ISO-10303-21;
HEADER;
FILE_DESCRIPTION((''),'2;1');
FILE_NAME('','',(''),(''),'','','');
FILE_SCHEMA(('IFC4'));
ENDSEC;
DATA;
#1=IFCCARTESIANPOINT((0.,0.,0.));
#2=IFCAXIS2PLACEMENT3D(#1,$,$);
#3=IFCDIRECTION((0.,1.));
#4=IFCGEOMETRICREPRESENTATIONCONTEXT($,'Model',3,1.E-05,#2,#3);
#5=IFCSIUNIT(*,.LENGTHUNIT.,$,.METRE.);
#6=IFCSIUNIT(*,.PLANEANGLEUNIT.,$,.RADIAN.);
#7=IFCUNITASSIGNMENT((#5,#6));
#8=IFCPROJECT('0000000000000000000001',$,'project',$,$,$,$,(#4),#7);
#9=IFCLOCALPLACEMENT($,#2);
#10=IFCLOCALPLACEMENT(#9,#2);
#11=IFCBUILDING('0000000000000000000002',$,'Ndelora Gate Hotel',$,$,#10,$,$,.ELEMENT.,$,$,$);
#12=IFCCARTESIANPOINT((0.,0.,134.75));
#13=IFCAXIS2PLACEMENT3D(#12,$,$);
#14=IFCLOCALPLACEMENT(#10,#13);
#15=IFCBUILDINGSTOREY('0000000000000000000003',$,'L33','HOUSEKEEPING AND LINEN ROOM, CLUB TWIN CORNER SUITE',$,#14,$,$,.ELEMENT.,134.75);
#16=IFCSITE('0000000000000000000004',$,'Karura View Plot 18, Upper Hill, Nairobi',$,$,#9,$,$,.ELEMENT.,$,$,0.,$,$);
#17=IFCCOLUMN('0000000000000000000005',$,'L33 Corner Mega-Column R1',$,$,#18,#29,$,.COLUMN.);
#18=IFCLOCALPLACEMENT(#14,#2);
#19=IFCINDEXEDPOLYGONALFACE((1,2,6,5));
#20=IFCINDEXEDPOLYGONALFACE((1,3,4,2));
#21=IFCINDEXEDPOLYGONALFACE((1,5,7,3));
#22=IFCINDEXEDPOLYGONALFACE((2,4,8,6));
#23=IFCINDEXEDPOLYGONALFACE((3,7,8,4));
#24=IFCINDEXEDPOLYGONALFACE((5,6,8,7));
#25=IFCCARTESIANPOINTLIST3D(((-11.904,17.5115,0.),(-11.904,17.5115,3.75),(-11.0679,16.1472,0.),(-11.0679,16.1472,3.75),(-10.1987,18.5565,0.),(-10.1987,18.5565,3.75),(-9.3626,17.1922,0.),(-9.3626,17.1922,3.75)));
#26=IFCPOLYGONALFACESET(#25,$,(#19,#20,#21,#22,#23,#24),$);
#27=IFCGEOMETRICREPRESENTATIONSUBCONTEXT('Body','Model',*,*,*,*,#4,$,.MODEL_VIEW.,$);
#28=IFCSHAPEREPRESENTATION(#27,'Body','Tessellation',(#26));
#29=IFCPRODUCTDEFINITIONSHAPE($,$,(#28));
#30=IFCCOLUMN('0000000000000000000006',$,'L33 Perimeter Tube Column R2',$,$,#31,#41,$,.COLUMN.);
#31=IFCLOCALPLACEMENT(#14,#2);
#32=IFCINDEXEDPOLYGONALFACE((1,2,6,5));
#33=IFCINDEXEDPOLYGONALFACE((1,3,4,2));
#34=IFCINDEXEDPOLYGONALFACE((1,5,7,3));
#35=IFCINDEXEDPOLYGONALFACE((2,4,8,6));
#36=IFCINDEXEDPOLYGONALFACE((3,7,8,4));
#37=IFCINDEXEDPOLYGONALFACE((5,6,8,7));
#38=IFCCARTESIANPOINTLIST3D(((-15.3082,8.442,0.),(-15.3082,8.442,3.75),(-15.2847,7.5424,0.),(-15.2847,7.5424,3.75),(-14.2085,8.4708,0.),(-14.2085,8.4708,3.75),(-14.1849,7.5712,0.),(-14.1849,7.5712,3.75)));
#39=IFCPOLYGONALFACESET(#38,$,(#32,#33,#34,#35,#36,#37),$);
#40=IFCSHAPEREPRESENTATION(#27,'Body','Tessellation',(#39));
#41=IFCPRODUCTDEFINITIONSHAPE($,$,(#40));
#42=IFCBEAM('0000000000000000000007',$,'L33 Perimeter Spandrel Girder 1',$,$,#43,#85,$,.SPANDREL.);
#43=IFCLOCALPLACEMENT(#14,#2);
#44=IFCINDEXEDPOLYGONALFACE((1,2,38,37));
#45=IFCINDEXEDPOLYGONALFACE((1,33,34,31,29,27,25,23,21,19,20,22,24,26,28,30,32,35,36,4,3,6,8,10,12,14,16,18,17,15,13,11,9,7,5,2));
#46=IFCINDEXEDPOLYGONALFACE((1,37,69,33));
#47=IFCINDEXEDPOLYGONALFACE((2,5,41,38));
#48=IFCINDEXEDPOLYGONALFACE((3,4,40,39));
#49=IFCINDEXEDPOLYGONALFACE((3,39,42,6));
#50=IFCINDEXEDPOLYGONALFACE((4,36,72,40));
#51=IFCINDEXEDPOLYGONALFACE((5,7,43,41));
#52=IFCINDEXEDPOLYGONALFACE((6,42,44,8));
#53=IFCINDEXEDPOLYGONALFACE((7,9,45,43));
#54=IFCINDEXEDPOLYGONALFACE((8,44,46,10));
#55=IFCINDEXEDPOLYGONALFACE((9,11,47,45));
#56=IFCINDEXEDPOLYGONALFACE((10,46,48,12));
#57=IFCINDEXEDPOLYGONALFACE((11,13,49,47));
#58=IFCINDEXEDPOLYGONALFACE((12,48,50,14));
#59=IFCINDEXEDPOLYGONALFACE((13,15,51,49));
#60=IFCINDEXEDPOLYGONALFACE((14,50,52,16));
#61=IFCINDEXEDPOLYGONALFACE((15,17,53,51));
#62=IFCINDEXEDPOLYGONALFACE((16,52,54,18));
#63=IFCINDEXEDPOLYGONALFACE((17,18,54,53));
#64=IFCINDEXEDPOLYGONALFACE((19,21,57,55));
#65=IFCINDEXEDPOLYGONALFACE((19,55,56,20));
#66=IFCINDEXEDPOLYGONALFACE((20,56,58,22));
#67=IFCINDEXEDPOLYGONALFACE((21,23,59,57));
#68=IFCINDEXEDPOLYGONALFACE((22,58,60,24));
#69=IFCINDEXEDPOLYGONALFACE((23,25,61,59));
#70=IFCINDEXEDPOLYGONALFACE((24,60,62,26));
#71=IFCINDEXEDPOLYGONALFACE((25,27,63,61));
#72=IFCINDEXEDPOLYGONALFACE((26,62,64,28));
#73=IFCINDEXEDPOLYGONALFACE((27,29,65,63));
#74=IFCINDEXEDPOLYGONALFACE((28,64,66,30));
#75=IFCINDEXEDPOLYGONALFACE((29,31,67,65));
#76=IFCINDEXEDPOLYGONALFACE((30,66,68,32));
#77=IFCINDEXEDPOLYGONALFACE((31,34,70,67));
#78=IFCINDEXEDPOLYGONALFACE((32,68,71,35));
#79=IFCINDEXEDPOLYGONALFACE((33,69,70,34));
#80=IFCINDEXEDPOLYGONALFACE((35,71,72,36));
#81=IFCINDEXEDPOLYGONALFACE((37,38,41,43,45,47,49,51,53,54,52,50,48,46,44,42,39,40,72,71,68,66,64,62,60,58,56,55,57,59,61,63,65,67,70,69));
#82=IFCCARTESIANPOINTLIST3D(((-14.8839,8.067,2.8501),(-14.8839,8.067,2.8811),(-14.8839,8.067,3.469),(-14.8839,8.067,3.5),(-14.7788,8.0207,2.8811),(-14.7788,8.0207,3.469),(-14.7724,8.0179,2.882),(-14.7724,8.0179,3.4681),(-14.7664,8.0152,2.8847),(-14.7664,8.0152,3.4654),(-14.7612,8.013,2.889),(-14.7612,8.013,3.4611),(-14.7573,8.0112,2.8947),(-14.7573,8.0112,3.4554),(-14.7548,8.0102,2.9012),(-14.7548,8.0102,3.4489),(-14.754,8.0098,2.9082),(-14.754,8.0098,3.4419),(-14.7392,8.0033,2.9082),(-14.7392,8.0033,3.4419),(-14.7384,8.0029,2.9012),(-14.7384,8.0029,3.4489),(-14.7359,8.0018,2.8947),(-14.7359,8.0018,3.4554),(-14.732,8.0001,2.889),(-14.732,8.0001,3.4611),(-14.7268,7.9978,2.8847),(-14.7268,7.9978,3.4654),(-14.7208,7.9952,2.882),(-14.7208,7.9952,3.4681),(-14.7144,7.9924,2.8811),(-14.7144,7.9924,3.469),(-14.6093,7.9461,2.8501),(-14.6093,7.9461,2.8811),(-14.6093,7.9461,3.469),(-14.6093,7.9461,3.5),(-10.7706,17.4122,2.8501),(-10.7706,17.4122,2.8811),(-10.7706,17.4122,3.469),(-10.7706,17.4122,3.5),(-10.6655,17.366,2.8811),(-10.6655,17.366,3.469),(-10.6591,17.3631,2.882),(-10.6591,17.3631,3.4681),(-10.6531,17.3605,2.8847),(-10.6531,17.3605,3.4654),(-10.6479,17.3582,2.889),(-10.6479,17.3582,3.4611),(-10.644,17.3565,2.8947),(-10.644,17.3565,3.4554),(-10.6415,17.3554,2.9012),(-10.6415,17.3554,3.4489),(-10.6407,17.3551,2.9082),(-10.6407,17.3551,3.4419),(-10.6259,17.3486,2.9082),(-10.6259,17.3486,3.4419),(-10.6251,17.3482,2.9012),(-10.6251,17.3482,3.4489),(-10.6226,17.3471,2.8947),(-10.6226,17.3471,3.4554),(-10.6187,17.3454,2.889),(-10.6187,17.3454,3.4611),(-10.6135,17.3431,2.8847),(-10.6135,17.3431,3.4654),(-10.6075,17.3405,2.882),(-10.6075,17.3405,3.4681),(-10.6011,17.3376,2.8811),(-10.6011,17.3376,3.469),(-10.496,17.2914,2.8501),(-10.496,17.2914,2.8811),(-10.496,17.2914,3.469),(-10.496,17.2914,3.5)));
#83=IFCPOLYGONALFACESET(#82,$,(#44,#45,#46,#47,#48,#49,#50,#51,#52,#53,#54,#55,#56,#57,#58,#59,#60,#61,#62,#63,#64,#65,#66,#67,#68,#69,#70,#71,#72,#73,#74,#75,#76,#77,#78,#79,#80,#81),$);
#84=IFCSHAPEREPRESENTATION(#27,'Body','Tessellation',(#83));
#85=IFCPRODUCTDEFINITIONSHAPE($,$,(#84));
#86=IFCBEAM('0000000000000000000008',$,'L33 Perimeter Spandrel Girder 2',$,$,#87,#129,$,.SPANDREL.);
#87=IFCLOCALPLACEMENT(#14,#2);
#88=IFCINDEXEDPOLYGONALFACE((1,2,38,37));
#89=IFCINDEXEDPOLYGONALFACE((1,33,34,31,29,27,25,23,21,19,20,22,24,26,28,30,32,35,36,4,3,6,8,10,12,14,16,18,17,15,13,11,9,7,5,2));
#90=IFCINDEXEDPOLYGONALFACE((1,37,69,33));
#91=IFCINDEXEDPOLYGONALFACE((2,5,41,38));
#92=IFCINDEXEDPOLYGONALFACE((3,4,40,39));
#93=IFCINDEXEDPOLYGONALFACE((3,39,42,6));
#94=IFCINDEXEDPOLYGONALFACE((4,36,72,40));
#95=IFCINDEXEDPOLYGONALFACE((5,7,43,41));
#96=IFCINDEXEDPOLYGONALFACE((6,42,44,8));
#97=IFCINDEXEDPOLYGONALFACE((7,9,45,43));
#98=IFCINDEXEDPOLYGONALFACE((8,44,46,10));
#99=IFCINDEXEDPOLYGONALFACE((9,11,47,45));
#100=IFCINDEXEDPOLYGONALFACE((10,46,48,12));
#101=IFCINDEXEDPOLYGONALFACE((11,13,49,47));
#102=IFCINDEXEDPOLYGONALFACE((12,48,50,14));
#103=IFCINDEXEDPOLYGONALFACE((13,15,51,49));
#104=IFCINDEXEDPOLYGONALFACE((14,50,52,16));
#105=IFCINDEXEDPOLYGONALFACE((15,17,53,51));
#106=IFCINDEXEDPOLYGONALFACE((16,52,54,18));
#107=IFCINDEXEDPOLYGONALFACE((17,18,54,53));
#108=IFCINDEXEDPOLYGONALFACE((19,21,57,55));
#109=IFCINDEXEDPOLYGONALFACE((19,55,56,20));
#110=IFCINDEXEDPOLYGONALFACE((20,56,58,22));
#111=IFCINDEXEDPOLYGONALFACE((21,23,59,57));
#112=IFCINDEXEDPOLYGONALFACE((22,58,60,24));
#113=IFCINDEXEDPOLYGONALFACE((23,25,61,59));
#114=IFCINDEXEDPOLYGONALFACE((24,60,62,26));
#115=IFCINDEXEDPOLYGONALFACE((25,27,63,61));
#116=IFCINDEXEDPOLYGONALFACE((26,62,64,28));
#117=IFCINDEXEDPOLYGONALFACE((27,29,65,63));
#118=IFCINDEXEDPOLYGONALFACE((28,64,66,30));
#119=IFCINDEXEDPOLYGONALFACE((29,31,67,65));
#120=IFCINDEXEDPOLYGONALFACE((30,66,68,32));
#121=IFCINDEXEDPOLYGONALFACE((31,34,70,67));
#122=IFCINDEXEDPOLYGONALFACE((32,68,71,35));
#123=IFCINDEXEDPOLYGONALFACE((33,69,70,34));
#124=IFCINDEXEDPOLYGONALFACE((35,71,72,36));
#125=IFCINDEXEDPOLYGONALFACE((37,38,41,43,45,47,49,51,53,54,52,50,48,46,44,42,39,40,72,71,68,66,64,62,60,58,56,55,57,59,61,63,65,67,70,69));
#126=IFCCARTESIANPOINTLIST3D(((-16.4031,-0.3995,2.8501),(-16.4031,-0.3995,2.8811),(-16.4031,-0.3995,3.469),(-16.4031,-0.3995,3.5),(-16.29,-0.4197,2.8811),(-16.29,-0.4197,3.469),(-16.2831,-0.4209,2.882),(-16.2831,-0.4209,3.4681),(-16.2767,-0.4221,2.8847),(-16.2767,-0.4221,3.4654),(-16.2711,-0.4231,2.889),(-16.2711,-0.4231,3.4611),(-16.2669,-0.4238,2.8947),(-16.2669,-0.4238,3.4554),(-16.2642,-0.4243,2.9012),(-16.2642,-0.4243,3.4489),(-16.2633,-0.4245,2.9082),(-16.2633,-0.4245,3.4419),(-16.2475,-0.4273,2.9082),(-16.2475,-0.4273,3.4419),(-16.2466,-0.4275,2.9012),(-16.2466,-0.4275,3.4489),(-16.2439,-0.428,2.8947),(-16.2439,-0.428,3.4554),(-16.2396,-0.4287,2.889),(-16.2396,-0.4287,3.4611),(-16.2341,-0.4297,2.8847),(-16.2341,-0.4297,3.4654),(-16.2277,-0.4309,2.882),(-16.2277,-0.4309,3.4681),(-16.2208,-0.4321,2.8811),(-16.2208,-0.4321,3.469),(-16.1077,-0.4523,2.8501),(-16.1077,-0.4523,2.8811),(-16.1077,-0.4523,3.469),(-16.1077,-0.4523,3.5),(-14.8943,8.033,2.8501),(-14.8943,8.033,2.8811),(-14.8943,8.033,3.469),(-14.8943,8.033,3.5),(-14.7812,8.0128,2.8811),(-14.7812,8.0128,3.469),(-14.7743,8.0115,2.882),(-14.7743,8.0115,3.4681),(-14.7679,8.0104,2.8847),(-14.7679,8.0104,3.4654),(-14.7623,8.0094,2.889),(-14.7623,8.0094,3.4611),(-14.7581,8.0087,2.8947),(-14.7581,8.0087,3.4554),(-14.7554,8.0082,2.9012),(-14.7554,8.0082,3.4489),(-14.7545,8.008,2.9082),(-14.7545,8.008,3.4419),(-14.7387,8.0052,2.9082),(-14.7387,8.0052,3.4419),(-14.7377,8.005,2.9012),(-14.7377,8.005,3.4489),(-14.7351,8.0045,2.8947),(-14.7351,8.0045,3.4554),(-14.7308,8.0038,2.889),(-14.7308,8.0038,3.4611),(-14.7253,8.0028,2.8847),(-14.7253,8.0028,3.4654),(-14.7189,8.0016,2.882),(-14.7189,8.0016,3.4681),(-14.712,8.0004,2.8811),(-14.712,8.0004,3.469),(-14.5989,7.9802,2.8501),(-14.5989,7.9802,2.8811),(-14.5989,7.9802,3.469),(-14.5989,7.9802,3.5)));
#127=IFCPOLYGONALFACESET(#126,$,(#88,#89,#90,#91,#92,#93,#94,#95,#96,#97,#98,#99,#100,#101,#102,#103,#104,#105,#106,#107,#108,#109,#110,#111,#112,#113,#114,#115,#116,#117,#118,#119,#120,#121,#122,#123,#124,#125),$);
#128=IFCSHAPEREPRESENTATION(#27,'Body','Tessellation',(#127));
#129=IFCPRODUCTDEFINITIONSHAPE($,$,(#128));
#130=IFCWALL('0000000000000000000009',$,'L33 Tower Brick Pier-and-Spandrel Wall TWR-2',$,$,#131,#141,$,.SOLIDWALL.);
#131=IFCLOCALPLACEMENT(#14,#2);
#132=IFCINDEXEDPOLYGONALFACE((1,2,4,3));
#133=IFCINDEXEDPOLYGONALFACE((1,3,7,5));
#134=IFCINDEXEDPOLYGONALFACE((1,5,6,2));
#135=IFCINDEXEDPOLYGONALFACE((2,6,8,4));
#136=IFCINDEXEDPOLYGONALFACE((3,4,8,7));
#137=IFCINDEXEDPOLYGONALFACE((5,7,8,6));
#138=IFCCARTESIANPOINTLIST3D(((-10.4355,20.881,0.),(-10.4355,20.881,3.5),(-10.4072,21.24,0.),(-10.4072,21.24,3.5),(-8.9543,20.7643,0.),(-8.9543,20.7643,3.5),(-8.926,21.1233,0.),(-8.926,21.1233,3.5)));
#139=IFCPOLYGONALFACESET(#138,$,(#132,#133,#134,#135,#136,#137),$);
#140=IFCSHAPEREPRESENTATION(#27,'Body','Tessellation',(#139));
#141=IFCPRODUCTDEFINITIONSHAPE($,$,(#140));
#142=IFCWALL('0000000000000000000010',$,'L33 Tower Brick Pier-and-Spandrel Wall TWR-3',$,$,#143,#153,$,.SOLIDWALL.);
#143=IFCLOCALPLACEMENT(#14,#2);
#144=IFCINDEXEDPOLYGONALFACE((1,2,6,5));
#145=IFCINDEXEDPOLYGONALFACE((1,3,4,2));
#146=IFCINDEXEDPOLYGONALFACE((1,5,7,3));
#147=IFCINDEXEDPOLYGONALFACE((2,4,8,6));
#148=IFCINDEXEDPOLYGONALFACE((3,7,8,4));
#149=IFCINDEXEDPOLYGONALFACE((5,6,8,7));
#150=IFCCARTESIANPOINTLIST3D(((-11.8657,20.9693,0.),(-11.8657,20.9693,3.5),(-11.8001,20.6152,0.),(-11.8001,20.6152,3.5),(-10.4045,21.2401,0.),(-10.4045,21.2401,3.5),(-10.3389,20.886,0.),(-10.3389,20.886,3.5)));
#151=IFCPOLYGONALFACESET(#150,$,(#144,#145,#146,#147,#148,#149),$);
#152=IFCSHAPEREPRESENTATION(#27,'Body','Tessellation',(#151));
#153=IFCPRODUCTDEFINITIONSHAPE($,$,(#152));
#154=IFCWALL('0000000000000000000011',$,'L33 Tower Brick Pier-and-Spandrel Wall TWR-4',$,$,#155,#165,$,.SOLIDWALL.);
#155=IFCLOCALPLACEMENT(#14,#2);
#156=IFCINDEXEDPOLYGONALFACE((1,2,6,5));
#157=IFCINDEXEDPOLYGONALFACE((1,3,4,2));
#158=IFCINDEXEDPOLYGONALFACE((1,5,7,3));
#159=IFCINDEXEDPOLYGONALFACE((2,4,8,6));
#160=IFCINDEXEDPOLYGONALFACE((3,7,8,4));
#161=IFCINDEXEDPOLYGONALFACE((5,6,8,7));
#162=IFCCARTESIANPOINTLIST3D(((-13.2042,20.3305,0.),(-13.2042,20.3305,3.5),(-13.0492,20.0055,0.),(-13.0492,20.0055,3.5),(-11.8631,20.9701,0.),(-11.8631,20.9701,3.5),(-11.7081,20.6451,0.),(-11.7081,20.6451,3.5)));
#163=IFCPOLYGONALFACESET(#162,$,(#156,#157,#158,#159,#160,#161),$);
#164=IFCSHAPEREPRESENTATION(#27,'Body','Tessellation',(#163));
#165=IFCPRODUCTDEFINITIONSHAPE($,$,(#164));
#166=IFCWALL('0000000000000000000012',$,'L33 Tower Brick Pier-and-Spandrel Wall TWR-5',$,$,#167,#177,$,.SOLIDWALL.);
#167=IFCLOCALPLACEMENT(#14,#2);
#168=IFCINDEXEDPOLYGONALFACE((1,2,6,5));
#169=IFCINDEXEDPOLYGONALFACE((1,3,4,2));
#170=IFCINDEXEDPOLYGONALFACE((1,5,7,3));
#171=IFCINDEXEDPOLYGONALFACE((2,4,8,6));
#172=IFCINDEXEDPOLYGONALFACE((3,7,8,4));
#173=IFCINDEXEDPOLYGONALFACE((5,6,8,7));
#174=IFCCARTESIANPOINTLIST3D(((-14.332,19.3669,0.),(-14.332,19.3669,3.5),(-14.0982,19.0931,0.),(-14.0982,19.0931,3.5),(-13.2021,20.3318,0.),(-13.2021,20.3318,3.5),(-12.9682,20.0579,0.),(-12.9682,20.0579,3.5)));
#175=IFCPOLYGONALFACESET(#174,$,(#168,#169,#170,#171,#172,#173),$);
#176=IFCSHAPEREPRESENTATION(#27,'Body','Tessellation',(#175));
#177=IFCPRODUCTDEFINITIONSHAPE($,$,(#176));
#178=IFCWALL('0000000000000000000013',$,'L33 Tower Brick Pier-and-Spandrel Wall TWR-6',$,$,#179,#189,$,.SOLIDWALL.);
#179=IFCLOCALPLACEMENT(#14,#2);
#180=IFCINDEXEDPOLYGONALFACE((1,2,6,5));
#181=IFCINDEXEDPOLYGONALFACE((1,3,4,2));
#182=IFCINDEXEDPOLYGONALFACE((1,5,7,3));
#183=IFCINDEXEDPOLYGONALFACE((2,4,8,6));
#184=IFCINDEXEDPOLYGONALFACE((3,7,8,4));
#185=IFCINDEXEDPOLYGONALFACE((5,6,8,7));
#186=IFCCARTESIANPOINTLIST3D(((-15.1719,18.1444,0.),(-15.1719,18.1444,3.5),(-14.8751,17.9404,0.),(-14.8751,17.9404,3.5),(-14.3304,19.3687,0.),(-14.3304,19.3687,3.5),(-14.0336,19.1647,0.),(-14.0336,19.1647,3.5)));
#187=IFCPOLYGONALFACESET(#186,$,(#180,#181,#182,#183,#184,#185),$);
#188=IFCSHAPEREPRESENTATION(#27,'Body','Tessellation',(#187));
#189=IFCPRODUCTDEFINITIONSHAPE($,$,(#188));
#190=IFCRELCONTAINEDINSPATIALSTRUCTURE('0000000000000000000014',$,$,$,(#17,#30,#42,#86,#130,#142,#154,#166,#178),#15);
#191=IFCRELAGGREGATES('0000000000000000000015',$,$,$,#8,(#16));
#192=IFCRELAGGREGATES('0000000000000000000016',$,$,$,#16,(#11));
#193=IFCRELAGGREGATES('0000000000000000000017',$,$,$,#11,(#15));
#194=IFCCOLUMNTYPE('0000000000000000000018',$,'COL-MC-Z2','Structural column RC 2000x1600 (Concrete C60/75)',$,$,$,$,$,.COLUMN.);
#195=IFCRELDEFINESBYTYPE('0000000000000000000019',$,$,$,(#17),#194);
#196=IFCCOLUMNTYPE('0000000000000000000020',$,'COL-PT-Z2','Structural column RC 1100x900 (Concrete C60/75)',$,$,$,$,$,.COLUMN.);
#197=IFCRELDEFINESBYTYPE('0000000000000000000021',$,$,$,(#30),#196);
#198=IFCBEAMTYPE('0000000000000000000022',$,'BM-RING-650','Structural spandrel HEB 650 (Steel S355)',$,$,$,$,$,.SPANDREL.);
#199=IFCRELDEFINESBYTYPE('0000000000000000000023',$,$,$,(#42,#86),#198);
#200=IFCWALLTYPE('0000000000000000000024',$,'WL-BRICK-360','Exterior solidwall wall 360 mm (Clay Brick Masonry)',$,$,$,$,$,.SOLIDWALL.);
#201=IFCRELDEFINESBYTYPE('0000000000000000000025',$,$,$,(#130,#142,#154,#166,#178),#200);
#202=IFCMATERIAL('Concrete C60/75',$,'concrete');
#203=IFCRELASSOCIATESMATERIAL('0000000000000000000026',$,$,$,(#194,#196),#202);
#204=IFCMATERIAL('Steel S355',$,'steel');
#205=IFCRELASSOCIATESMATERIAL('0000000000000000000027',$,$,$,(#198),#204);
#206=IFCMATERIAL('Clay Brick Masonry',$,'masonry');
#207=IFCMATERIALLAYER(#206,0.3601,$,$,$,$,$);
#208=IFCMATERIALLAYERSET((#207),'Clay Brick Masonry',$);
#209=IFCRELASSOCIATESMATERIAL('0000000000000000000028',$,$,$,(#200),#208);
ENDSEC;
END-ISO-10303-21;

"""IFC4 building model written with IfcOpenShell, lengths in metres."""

from ifc_helpers import new_model, si_unit, direction, frame, frame_2d, origin, origin_2d, place, context, subcontext, project, spatial, rectangle, i_section, extrude, material, layer, layer_set, material_profile, profile_set, type_object, element, save


model = new_model("IFC4")

# Units and contexts
model_context = context("Model", 3, precision=1e-05, world=origin(), true_north=direction((0.0, 1.0)))
body_context = subcontext(model_context, "Body", "Model", "MODEL_VIEW")
ifc_project = project(units=[si_unit("LENGTHUNIT", "METRE"), si_unit("PLANEANGLEUNIT", "RADIAN")], contexts=[model_context])

# Site, building, storey
site_placement = place(None, origin())
site = spatial("IfcSite", under=ifc_project, at=site_placement, Name="Karura View Plot 18, Upper Hill, Nairobi", CompositionType="ELEMENT", RefElevation=0.0)
building_placement = place(site_placement, origin())
building = spatial("IfcBuilding", under=site, at=building_placement, Name="Ndelora Gate Hotel", CompositionType="ELEMENT")
storey_placement = place(building_placement, frame((0.0, 0.0, 134.75)))
storey = spatial("IfcBuildingStorey", under=building, at=storey_placement, Name="L33", Description="HOUSEKEEPING AND LINEN ROOM, CLUB TWIN CORNER SUITE", CompositionType="ELEMENT", Elevation=134.75)

# Columns
ifc_material_1 = material(Name="Concrete C60/75", Category="concrete")
ifc_material_profile_1 = material_profile(ifc_material_1, rectangle(XDim=1.6001, YDim=2.0, at=origin_2d()), Name="RC 2000x1600")
ifc_profile_set_1 = profile_set([ifc_material_profile_1], Name="Concrete C60/75")
column_type_1 = type_object("IfcColumnType", Name="COL-MC-Z2", Description="Structural column RC 2000x1600 (Concrete C60/75)", PredefinedType="COLUMN", material=ifc_profile_set_1)
column_1_placement = place(storey_placement, frame((-10.6333, 17.3518, 0.0), z_axis=(0.0, 0.0, 1.0), x_axis=(-0.522499, 0.85264, 0.0)))
element("IfcColumn", 1, at=column_1_placement, inside=storey, type_object=column_type_1, Name="L33 Corner Mega-Column R1", PredefinedType="COLUMN", context=body_context, shape_type="SweptSolid", body=[
    extrude(rectangle(XDim=1.6001, YDim=2.0, at=origin_2d()), origin(), (0.0, 0.0, 1.0), 3.75),
])
ifc_material_profile_2 = material_profile(ifc_material_1, rectangle(XDim=0.8999, YDim=1.1001, at=origin_2d()), Name="RC 1100x900")
ifc_profile_set_2 = profile_set([ifc_material_profile_2], Name="Concrete C60/75")
column_type_2 = type_object("IfcColumnType", Name="COL-PT-Z2", Description="Structural column RC 1100x900 (Concrete C60/75)", PredefinedType="COLUMN", material=ifc_profile_set_2)
column_2_placement = place(storey_placement, frame((-14.7466, 8.0066, 0.0), z_axis=(0.0, 0.0, 1.0), x_axis=(-0.026177, 0.999657, 0.0)))
element("IfcColumn", 2, at=column_2_placement, inside=storey, type_object=column_type_2, Name="L33 Perimeter Tube Column R2", PredefinedType="COLUMN", context=body_context, shape_type="SweptSolid", body=[
    extrude(rectangle(XDim=0.8999, YDim=1.1001, at=origin_2d()), origin(), (0.0, 0.0, 1.0), 3.75),
])

# Beams
ifc_material_2 = material(Name="Steel S355", Category="steel")
ifc_material_profile_3 = material_profile(ifc_material_2, i_section(OverallWidth=0.3, OverallDepth=0.6499, WebThickness=0.0161, FlangeThickness=0.031, FilletRadius=0.0271, at=origin_2d()), Name="HEB 650")
ifc_profile_set_3 = profile_set([ifc_material_profile_3], Name="Steel S355")
beam_type = type_object("IfcBeamType", Name="BM-RING-650", Description="Structural spandrel HEB 650 (Steel S355)", PredefinedType="SPANDREL", material=ifc_profile_set_3)
beam_1_placement = place(storey_placement, frame((-10.6333, 17.3518, 3.175), z_axis=(-0.402852, -0.915265, 0.0), x_axis=(0.915265, -0.402852, 0.0)))
element("IfcBeam", 3, at=beam_1_placement, inside=storey, type_object=beam_type, Name="L33 Perimeter Spandrel Girder 1", PredefinedType="SPANDREL", context=body_context, shape_type="SweptSolid", body=[
    extrude(i_section(OverallWidth=0.3, OverallDepth=0.6499, WebThickness=0.0161, FlangeThickness=0.031, FilletRadius=0.0271, at=origin_2d()), origin(), (0.0, 0.0, 1.0), 10.2104),
])
beam_2_placement = place(storey_placement, frame((-14.7466, 8.0066, 3.175), z_axis=(-0.176131, -0.984367, 0.0), x_axis=(0.984367, -0.176131, 0.0)))
element("IfcBeam", 4, at=beam_2_placement, inside=storey, type_object=beam_type, Name="L33 Perimeter Spandrel Girder 2", PredefinedType="SPANDREL", context=body_context, shape_type="SweptSolid", body=[
    extrude(i_section(OverallWidth=0.3, OverallDepth=0.6499, WebThickness=0.0161, FlangeThickness=0.031, FilletRadius=0.0271, at=origin_2d()), origin(), (0.0, 0.0, 1.0), 8.5664),
])

# Walls
ifc_material_3 = material(Name="Clay Brick Masonry", Category="masonry")
ifc_layer_1 = layer(ifc_material_3, 0.3601)
ifc_layer_set_1 = layer_set([ifc_layer_1], Name="Clay Brick Masonry")
wall_type_1 = type_object("IfcWallType", Name="WL-BRICK-360", Description="Exterior solidwall wall 360 mm (Clay Brick Masonry)", PredefinedType="SOLIDWALL", material=ifc_layer_set_1)
wall_1_placement = place(storey_placement, frame((-10.4214, 21.0605, 0.0), z_axis=(0.0, 0.0, 1.0), x_axis=(0.996911, -0.078543, 0.0)))
element("IfcWall", 5, at=wall_1_placement, inside=storey, type_object=wall_type_1, Name="L33 Tower Brick Pier-and-Spandrel Wall TWR-2", PredefinedType="SOLIDWALL", context=body_context, shape_type="SweptSolid", body=[
    extrude(rectangle(XDim=1.4858, YDim=0.3601, at=frame_2d((0.7429, 0.0))), origin(), (0.0, 0.0, 1.0), 3.5),
])
wall_2_placement = place(storey_placement, frame((-11.833, 20.7922, 0.0), z_axis=(0.0, 0.0, 1.0), x_axis=(0.983262, 0.182195, 0.0)))
element("IfcWall", 6, at=wall_2_placement, inside=storey, type_object=wall_type_1, Name="L33 Tower Brick Pier-and-Spandrel Wall TWR-3", PredefinedType="SOLIDWALL", context=body_context, shape_type="SweptSolid", body=[
    extrude(rectangle(XDim=1.4861, YDim=0.3601, at=frame_2d((0.7432, 0.0))), origin(), (0.0, 0.0, 1.0), 3.5),
])
for number, where, z_axis, x_axis, name in (
    (7, (-13.1267, 20.168, 0.0), (0.0, 0.0, 1.0), (0.902587, 0.430508, 0.0), "L33 Tower Brick Pier-and-Spandrel Wall TWR-4"),
    (8, (-14.2151, 19.23, 0.0), (0.0, 0.0, 1.0), (0.760462, 0.649383, 0.0), "L33 Tower Brick Pier-and-Spandrel Wall TWR-5"),
):
    element("IfcWall", number, at=place(storey_placement, frame(where, z_axis=z_axis, x_axis=x_axis)), inside=storey, type_object=wall_type_1, Name=name, PredefinedType="SOLIDWALL", context=body_context, shape_type="SweptSolid", body=[
        extrude(rectangle(XDim=1.4858, YDim=0.3601, at=frame_2d((0.7429, 0.0))), origin(), (0.0, 0.0, 1.0), 3.5),
    ])
wall_3_placement = place(storey_placement, frame((-15.0234, 18.0425, 0.0), z_axis=(0.0, 0.0, 1.0), x_axis=(0.566438, 0.824104, 0.0)))
element("IfcWall", 9, at=wall_3_placement, inside=storey, type_object=wall_type_1, Name="L33 Tower Brick Pier-and-Spandrel Wall TWR-6", PredefinedType="SOLIDWALL", context=body_context, shape_type="SweptSolid", body=[
    extrude(rectangle(XDim=1.4856, YDim=0.3601, at=frame_2d((0.7427, 0.0))), origin(), (0.0, 0.0, 1.0), 3.5),
])

save(model, "model.ifc")
